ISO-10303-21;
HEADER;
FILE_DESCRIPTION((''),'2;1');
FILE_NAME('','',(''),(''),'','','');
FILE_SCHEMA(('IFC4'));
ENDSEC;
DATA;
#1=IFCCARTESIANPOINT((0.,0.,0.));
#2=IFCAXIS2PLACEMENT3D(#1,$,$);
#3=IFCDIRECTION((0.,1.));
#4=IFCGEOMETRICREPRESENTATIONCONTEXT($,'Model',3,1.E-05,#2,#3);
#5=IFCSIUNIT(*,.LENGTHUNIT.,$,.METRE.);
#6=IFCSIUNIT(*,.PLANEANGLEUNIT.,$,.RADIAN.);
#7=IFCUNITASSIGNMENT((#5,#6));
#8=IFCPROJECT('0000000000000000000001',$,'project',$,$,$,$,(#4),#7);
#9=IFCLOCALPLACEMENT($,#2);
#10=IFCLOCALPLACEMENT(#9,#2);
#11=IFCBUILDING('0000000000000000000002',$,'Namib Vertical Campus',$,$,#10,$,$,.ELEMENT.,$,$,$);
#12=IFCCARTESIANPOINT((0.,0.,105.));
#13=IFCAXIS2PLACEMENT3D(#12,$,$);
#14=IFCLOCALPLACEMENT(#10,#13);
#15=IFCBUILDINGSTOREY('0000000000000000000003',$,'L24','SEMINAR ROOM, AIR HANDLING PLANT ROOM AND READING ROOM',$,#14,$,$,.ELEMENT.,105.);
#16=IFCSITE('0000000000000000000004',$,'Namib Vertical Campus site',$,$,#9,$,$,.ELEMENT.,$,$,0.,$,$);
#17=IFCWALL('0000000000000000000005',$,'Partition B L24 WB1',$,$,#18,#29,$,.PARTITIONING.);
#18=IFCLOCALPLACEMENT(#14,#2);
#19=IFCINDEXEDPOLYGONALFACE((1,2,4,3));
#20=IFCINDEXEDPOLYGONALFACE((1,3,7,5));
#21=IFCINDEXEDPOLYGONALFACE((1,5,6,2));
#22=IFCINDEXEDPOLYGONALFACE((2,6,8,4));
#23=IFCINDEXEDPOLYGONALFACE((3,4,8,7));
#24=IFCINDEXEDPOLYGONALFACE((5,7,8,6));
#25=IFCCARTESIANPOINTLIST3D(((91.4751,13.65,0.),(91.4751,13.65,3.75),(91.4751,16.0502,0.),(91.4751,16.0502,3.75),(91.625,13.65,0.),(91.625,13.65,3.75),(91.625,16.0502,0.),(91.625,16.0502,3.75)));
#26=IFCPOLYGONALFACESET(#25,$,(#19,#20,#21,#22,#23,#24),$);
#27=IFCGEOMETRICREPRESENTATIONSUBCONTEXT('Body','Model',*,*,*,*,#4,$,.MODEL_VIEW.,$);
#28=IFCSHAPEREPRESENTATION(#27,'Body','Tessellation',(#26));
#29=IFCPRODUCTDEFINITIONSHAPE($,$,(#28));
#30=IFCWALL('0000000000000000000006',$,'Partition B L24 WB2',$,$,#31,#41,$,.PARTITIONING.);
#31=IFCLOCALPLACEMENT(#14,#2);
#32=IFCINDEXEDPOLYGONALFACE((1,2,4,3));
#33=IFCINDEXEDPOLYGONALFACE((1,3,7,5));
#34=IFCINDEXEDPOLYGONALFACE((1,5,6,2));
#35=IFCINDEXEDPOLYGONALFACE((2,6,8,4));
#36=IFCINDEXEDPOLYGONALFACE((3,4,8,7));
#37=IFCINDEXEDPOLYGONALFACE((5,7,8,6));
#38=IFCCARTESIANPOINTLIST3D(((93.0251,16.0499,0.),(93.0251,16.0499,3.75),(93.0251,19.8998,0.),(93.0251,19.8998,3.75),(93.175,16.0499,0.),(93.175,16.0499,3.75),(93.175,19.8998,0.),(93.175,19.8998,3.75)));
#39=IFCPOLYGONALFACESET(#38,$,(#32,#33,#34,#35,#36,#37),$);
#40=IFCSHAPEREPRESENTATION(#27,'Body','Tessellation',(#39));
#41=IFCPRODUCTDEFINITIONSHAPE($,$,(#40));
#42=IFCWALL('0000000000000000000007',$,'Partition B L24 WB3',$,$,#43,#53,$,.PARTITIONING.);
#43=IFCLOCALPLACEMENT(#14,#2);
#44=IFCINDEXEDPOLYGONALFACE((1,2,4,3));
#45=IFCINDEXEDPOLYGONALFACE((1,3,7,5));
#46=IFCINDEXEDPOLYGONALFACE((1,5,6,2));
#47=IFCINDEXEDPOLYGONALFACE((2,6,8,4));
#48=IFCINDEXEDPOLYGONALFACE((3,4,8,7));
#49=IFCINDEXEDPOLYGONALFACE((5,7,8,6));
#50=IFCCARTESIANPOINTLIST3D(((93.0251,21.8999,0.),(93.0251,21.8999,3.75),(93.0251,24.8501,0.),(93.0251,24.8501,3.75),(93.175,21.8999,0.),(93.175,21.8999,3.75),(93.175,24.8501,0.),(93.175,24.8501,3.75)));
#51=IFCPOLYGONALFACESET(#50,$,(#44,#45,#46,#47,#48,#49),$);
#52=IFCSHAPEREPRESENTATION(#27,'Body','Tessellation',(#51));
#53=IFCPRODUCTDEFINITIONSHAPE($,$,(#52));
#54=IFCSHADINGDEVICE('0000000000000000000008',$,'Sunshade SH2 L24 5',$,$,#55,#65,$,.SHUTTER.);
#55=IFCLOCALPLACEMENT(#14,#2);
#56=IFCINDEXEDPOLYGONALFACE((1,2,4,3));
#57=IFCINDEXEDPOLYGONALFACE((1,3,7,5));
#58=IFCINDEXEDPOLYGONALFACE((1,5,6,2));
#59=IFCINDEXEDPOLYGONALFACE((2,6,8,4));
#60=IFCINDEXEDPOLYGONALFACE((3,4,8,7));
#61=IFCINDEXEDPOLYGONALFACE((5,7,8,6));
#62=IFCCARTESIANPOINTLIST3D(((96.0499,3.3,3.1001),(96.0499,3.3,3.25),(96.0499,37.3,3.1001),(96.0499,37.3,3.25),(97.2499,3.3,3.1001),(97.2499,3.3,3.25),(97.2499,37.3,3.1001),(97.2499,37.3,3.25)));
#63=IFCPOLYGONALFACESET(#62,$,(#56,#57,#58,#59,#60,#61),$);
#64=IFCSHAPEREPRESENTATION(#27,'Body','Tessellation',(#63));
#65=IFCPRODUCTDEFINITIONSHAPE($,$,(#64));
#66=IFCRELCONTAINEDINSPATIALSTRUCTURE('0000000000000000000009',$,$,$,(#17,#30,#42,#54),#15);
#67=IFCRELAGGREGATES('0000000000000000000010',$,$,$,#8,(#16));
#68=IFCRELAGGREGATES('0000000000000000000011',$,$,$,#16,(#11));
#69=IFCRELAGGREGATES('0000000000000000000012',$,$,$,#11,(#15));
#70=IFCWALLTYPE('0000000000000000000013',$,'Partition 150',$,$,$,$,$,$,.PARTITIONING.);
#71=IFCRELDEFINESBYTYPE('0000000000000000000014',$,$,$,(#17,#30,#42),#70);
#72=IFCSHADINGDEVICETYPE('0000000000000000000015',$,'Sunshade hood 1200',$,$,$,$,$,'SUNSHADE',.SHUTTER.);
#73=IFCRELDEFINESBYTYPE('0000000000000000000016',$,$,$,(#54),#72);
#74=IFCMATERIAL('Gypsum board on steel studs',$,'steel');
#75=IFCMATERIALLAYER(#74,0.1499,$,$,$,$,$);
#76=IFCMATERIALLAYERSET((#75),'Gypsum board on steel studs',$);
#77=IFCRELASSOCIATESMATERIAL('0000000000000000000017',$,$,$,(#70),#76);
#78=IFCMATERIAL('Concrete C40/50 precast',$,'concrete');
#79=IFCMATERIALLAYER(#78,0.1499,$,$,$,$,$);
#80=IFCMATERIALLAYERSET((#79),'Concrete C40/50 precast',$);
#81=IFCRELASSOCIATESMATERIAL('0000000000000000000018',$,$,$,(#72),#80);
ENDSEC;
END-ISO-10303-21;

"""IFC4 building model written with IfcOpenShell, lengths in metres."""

from ifc_helpers import new_model, si_unit, direction, frame, frame_2d, origin, origin_2d, place, context, subcontext, project, spatial, rectangle, extrude, material, layer, layer_set, type_object, element, save


model = new_model("IFC4")

# Units and contexts
model_context = context("Model", 3, precision=1e-05, world=origin(), true_north=direction((0.0, 1.0)))
body_context = subcontext(model_context, "Body", "Model", "MODEL_VIEW")
ifc_project = project(units=[si_unit("LENGTHUNIT", "METRE"), si_unit("PLANEANGLEUNIT", "RADIAN")], contexts=[model_context])

# Site, building, storey
site_placement = place(None, origin())
site = spatial("IfcSite", under=ifc_project, at=site_placement, Name="Namib Vertical Campus site", CompositionType="ELEMENT", RefElevation=0.0)
building_placement = place(site_placement, origin())
building = spatial("IfcBuilding", under=site, at=building_placement, Name="Namib Vertical Campus", CompositionType="ELEMENT")
storey_placement = place(building_placement, frame((0.0, 0.0, 105.0)))
storey = spatial("IfcBuildingStorey", under=building, at=storey_placement, Name="L24", Description="SEMINAR ROOM, AIR HANDLING PLANT ROOM AND READING ROOM", CompositionType="ELEMENT", Elevation=105.0)

# Walls
ifc_material_1 = material(Name="Gypsum board on steel studs", Category="steel")
ifc_layer_1 = layer(ifc_material_1, 0.1499)
ifc_layer_set_1 = layer_set([ifc_layer_1], Name="Gypsum board on steel studs")
wall_type_1 = type_object("IfcWallType", Name="Partition 150", PredefinedType="PARTITIONING", material=ifc_layer_set_1)
wall_1_placement = place(storey_placement, frame((91.55, 13.6499, 0.0), z_axis=(0.0, 0.0, 1.0), x_axis=(0.0, 1.0, 0.0)))
element("IfcWall", 1, at=wall_1_placement, inside=storey, type_object=wall_type_1, Name="Partition B L24 WB1", PredefinedType="PARTITIONING", context=body_context, shape_type="SweptSolid", body=[
    extrude(rectangle(XDim=2.4001, YDim=0.1499, at=frame_2d((1.2002, 0.0))), origin(), (0.0, 0.0, 1.0), 3.75),
])
wall_2_placement = place(storey_placement, frame((93.1001, 16.05, 0.0), z_axis=(0.0, 0.0, 1.0), x_axis=(0.0, 1.0, 0.0)))
element("IfcWall", 2, at=wall_2_placement, inside=storey, type_object=wall_type_1, Name="Partition B L24 WB2", PredefinedType="PARTITIONING", context=body_context, shape_type="SweptSolid", body=[
    extrude(rectangle(XDim=3.8499, YDim=0.1499, at=frame_2d((1.9248, 0.0))), origin(), (0.0, 0.0, 1.0), 3.75),
])
wall_3_placement = place(storey_placement, frame((93.1001, 21.8999, 0.0), z_axis=(0.0, 0.0, 1.0), x_axis=(0.0, 1.0, 0.0)))
element("IfcWall", 3, at=wall_3_placement, inside=storey, type_object=wall_type_1, Name="Partition B L24 WB3", PredefinedType="PARTITIONING", context=body_context, shape_type="SweptSolid", body=[
    extrude(rectangle(XDim=2.9502, YDim=0.1499, at=frame_2d((1.4751, 0.0))), origin(), (0.0, 0.0, 1.0), 3.75),
])

# Shading device
ifc_material_2 = material(Name="Concrete C40/50 precast", Category="concrete")
ifc_layer_2 = layer(ifc_material_2, 0.1499)
ifc_layer_set_2 = layer_set([ifc_layer_2], Name="Concrete C40/50 precast")
shading_device_type = type_object("IfcShadingDeviceType", Name="Sunshade hood 1200", ElementType="SUNSHADE", PredefinedType="SHUTTER", material=ifc_layer_set_2)
shading_device_placement = place(storey_placement, frame((96.6499, 20.3, 3.1001), z_axis=(0.0, 0.0, 1.0), x_axis=(0.0, 1.0, 0.0)))
element("IfcShadingDevice", 4, at=shading_device_placement, inside=storey, type_object=shading_device_type, Name="Sunshade SH2 L24 5", PredefinedType="SHUTTER", context=body_context, shape_type="SweptSolid", body=[
    extrude(rectangle(XDim=34.0, YDim=1.2, at=origin_2d()), origin(), (0.0, 0.0, 1.0), 0.1499),
])

save(model, "model.ifc")
